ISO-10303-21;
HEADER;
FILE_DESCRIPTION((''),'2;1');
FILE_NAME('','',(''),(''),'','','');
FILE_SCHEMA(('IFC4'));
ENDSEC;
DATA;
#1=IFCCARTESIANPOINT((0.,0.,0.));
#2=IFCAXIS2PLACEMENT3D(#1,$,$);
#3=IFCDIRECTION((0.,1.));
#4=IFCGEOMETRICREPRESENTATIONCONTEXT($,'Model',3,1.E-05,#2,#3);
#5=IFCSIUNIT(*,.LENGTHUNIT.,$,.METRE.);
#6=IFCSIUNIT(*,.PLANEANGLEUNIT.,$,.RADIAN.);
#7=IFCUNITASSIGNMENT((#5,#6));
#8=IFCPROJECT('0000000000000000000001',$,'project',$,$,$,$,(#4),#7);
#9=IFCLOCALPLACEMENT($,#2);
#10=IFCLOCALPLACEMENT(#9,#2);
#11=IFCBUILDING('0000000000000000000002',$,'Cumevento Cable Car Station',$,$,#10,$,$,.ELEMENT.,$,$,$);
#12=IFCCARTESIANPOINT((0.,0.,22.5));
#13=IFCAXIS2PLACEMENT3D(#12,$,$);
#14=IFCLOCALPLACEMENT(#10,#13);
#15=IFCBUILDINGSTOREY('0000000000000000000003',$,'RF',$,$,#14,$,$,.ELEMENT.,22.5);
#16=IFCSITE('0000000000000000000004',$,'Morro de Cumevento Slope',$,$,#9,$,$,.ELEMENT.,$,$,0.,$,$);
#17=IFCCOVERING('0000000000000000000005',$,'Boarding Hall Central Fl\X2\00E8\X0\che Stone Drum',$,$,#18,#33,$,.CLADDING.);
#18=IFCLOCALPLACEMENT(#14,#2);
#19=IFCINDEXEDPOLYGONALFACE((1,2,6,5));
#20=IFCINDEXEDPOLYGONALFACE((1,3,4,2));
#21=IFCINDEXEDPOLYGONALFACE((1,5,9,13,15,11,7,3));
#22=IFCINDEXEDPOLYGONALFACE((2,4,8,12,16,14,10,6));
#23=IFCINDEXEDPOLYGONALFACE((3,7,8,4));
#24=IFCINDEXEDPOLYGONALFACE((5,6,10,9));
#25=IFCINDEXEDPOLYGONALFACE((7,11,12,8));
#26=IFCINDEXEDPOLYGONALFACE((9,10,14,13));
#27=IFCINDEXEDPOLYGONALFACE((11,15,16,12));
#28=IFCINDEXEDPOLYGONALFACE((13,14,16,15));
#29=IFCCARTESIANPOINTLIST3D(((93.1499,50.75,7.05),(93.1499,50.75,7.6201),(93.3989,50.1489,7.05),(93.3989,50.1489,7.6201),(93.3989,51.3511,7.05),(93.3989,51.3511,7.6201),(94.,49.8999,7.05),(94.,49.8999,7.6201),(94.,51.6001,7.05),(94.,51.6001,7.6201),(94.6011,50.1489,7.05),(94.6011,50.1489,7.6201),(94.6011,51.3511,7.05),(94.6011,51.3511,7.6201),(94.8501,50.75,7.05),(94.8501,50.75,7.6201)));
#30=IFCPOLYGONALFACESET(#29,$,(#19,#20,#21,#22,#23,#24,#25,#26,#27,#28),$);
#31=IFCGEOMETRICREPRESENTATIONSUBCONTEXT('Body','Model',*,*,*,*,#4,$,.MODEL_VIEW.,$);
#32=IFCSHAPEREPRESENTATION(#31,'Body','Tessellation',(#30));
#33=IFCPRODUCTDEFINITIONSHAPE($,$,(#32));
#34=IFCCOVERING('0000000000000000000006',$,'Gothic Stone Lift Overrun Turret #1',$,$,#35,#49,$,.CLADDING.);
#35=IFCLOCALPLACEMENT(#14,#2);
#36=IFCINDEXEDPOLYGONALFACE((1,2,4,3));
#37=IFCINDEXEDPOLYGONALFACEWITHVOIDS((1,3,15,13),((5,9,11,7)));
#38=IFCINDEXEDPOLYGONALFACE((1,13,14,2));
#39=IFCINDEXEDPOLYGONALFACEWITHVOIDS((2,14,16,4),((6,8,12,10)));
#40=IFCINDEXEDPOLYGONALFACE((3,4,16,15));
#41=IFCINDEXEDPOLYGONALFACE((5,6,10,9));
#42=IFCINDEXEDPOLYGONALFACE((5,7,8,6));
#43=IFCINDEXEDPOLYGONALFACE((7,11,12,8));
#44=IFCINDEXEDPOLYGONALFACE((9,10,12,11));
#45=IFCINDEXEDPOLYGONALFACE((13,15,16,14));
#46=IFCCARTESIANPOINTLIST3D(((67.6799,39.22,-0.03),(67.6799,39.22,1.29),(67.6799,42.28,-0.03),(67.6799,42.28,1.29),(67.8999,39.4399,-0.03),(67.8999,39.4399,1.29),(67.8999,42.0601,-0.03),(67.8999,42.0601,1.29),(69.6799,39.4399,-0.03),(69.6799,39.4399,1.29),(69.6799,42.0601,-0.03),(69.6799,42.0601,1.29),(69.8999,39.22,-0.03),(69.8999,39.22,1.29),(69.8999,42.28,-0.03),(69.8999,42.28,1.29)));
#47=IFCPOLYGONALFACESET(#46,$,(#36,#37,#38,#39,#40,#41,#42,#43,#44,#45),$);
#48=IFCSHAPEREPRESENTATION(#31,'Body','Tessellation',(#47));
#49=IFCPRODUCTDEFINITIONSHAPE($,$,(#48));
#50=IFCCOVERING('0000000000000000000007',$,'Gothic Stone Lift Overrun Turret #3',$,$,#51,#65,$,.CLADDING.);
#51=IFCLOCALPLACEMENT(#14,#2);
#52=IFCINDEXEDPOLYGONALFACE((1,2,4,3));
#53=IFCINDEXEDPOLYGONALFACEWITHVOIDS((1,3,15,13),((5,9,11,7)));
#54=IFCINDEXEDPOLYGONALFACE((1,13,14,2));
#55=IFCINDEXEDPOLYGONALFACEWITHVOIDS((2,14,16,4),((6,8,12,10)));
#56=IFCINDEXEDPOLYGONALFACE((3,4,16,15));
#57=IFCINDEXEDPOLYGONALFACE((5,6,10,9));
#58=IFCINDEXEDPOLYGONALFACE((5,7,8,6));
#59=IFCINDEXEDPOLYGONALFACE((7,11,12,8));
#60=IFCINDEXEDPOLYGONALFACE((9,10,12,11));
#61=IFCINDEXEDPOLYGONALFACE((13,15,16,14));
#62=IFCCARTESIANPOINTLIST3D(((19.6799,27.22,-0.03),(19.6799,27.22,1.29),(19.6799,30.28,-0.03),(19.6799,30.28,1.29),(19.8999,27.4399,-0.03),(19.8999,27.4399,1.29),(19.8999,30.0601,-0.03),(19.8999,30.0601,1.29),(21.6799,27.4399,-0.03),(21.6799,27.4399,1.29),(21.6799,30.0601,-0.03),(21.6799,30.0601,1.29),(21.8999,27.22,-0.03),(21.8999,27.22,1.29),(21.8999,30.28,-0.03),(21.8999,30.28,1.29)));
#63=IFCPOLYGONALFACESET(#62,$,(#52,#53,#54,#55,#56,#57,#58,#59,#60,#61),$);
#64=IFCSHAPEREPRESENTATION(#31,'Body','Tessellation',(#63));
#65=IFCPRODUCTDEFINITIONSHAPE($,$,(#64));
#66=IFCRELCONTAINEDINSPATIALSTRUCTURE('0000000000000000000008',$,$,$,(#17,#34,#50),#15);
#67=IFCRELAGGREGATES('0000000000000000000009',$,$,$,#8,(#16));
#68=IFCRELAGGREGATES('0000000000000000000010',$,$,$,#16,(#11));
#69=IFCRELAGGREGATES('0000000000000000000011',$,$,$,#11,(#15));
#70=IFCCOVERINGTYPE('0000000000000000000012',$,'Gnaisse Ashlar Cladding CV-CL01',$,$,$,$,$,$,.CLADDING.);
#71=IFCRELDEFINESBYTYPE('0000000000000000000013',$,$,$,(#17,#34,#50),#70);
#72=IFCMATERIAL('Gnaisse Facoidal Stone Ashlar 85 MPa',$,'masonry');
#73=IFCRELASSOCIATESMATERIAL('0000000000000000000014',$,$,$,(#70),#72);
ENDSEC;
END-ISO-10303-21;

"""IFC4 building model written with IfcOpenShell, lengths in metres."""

from ifc_helpers import new_model, si_unit, direction, frame, origin, place, context, subcontext, project, spatial, polyline, outline, extrude, material, type_object, element, save


model = new_model("IFC4")

# Units and contexts
model_context = context("Model", 3, precision=1e-05, world=origin(), true_north=direction((0.0, 1.0)))
body_context = subcontext(model_context, "Body", "Model", "MODEL_VIEW")
ifc_project = project(units=[si_unit("LENGTHUNIT", "METRE"), si_unit("PLANEANGLEUNIT", "RADIAN")], contexts=[model_context])

# Site, building, storey
site_placement = place(None, origin())
site = spatial("IfcSite", under=ifc_project, at=site_placement, Name="Morro de Cumevento Slope", CompositionType="ELEMENT", RefElevation=0.0)
building_placement = place(site_placement, origin())
building = spatial("IfcBuilding", under=site, at=building_placement, Name="Cumevento Cable Car Station", CompositionType="ELEMENT")
storey_placement = place(building_placement, frame((0.0, 0.0, 22.5)))
storey = spatial("IfcBuildingStorey", under=building, at=storey_placement, Name="RF", CompositionType="ELEMENT", Elevation=22.5)

# Coverings
ifc_material_1 = material(Name="Gnaisse Facoidal Stone Ashlar 85 MPa", Category="masonry")
covering_type = type_object("IfcCoveringType", Name="Gnaisse Ashlar Cladding CV-CL01", PredefinedType="CLADDING", material=ifc_material_1)
covering_1_placement = place(storey_placement, frame((0.0, 0.0, 7.05)))
element("IfcCovering", 1, at=covering_1_placement, inside=storey, type_object=covering_type, Name="Boarding Hall Central Flèche Stone Drum", PredefinedType="CLADDING", context=body_context, shape_type="SweptSolid", body=[
    extrude(outline(polyline([(94.8501, 50.75), (94.6011, 51.3511), (94.0, 51.6001), (93.3989, 51.3511), (93.1499, 50.75), (93.3989, 50.1489), (94.0, 49.8999), (94.6011, 50.1489), (94.8501, 50.75)])), origin(), (0.0, 0.0, 1.0), 0.5701),
])
covering_2_placement = place(storey_placement, frame((0.0, 0.0, -0.03)))
element("IfcCovering", 2, at=covering_2_placement, inside=storey, type_object=covering_type, Name="Gothic Stone Lift Overrun Turret #1", PredefinedType="CLADDING", context=body_context, shape_type="SweptSolid", body=[
    extrude(outline(polyline([(67.6799, 39.22), (67.6799, 42.28), (69.8999, 42.28), (69.8999, 39.22), (67.6799, 39.22)]), holes=[polyline([(69.6799, 42.0601), (67.8999, 42.0601), (67.8999, 39.4399), (69.6799, 39.4399), (69.6799, 42.0601)])]), origin(), (0.0, 0.0, 1.0), 1.3201),
])
covering_3_placement = place(storey_placement, frame((0.0, 0.0, -0.03)))
element("IfcCovering", 3, at=covering_3_placement, inside=storey, type_object=covering_type, Name="Gothic Stone Lift Overrun Turret #3", PredefinedType="CLADDING", context=body_context, shape_type="SweptSolid", body=[
    extrude(outline(polyline([(19.6799, 27.22), (19.6799, 30.28), (21.8999, 30.28), (21.8999, 27.22), (19.6799, 27.22)]), holes=[polyline([(21.6799, 30.0601), (19.8999, 30.0601), (19.8999, 27.4399), (21.6799, 27.4399), (21.6799, 30.0601)])]), origin(), (0.0, 0.0, 1.0), 1.3201),
])

save(model, "model.ifc")
